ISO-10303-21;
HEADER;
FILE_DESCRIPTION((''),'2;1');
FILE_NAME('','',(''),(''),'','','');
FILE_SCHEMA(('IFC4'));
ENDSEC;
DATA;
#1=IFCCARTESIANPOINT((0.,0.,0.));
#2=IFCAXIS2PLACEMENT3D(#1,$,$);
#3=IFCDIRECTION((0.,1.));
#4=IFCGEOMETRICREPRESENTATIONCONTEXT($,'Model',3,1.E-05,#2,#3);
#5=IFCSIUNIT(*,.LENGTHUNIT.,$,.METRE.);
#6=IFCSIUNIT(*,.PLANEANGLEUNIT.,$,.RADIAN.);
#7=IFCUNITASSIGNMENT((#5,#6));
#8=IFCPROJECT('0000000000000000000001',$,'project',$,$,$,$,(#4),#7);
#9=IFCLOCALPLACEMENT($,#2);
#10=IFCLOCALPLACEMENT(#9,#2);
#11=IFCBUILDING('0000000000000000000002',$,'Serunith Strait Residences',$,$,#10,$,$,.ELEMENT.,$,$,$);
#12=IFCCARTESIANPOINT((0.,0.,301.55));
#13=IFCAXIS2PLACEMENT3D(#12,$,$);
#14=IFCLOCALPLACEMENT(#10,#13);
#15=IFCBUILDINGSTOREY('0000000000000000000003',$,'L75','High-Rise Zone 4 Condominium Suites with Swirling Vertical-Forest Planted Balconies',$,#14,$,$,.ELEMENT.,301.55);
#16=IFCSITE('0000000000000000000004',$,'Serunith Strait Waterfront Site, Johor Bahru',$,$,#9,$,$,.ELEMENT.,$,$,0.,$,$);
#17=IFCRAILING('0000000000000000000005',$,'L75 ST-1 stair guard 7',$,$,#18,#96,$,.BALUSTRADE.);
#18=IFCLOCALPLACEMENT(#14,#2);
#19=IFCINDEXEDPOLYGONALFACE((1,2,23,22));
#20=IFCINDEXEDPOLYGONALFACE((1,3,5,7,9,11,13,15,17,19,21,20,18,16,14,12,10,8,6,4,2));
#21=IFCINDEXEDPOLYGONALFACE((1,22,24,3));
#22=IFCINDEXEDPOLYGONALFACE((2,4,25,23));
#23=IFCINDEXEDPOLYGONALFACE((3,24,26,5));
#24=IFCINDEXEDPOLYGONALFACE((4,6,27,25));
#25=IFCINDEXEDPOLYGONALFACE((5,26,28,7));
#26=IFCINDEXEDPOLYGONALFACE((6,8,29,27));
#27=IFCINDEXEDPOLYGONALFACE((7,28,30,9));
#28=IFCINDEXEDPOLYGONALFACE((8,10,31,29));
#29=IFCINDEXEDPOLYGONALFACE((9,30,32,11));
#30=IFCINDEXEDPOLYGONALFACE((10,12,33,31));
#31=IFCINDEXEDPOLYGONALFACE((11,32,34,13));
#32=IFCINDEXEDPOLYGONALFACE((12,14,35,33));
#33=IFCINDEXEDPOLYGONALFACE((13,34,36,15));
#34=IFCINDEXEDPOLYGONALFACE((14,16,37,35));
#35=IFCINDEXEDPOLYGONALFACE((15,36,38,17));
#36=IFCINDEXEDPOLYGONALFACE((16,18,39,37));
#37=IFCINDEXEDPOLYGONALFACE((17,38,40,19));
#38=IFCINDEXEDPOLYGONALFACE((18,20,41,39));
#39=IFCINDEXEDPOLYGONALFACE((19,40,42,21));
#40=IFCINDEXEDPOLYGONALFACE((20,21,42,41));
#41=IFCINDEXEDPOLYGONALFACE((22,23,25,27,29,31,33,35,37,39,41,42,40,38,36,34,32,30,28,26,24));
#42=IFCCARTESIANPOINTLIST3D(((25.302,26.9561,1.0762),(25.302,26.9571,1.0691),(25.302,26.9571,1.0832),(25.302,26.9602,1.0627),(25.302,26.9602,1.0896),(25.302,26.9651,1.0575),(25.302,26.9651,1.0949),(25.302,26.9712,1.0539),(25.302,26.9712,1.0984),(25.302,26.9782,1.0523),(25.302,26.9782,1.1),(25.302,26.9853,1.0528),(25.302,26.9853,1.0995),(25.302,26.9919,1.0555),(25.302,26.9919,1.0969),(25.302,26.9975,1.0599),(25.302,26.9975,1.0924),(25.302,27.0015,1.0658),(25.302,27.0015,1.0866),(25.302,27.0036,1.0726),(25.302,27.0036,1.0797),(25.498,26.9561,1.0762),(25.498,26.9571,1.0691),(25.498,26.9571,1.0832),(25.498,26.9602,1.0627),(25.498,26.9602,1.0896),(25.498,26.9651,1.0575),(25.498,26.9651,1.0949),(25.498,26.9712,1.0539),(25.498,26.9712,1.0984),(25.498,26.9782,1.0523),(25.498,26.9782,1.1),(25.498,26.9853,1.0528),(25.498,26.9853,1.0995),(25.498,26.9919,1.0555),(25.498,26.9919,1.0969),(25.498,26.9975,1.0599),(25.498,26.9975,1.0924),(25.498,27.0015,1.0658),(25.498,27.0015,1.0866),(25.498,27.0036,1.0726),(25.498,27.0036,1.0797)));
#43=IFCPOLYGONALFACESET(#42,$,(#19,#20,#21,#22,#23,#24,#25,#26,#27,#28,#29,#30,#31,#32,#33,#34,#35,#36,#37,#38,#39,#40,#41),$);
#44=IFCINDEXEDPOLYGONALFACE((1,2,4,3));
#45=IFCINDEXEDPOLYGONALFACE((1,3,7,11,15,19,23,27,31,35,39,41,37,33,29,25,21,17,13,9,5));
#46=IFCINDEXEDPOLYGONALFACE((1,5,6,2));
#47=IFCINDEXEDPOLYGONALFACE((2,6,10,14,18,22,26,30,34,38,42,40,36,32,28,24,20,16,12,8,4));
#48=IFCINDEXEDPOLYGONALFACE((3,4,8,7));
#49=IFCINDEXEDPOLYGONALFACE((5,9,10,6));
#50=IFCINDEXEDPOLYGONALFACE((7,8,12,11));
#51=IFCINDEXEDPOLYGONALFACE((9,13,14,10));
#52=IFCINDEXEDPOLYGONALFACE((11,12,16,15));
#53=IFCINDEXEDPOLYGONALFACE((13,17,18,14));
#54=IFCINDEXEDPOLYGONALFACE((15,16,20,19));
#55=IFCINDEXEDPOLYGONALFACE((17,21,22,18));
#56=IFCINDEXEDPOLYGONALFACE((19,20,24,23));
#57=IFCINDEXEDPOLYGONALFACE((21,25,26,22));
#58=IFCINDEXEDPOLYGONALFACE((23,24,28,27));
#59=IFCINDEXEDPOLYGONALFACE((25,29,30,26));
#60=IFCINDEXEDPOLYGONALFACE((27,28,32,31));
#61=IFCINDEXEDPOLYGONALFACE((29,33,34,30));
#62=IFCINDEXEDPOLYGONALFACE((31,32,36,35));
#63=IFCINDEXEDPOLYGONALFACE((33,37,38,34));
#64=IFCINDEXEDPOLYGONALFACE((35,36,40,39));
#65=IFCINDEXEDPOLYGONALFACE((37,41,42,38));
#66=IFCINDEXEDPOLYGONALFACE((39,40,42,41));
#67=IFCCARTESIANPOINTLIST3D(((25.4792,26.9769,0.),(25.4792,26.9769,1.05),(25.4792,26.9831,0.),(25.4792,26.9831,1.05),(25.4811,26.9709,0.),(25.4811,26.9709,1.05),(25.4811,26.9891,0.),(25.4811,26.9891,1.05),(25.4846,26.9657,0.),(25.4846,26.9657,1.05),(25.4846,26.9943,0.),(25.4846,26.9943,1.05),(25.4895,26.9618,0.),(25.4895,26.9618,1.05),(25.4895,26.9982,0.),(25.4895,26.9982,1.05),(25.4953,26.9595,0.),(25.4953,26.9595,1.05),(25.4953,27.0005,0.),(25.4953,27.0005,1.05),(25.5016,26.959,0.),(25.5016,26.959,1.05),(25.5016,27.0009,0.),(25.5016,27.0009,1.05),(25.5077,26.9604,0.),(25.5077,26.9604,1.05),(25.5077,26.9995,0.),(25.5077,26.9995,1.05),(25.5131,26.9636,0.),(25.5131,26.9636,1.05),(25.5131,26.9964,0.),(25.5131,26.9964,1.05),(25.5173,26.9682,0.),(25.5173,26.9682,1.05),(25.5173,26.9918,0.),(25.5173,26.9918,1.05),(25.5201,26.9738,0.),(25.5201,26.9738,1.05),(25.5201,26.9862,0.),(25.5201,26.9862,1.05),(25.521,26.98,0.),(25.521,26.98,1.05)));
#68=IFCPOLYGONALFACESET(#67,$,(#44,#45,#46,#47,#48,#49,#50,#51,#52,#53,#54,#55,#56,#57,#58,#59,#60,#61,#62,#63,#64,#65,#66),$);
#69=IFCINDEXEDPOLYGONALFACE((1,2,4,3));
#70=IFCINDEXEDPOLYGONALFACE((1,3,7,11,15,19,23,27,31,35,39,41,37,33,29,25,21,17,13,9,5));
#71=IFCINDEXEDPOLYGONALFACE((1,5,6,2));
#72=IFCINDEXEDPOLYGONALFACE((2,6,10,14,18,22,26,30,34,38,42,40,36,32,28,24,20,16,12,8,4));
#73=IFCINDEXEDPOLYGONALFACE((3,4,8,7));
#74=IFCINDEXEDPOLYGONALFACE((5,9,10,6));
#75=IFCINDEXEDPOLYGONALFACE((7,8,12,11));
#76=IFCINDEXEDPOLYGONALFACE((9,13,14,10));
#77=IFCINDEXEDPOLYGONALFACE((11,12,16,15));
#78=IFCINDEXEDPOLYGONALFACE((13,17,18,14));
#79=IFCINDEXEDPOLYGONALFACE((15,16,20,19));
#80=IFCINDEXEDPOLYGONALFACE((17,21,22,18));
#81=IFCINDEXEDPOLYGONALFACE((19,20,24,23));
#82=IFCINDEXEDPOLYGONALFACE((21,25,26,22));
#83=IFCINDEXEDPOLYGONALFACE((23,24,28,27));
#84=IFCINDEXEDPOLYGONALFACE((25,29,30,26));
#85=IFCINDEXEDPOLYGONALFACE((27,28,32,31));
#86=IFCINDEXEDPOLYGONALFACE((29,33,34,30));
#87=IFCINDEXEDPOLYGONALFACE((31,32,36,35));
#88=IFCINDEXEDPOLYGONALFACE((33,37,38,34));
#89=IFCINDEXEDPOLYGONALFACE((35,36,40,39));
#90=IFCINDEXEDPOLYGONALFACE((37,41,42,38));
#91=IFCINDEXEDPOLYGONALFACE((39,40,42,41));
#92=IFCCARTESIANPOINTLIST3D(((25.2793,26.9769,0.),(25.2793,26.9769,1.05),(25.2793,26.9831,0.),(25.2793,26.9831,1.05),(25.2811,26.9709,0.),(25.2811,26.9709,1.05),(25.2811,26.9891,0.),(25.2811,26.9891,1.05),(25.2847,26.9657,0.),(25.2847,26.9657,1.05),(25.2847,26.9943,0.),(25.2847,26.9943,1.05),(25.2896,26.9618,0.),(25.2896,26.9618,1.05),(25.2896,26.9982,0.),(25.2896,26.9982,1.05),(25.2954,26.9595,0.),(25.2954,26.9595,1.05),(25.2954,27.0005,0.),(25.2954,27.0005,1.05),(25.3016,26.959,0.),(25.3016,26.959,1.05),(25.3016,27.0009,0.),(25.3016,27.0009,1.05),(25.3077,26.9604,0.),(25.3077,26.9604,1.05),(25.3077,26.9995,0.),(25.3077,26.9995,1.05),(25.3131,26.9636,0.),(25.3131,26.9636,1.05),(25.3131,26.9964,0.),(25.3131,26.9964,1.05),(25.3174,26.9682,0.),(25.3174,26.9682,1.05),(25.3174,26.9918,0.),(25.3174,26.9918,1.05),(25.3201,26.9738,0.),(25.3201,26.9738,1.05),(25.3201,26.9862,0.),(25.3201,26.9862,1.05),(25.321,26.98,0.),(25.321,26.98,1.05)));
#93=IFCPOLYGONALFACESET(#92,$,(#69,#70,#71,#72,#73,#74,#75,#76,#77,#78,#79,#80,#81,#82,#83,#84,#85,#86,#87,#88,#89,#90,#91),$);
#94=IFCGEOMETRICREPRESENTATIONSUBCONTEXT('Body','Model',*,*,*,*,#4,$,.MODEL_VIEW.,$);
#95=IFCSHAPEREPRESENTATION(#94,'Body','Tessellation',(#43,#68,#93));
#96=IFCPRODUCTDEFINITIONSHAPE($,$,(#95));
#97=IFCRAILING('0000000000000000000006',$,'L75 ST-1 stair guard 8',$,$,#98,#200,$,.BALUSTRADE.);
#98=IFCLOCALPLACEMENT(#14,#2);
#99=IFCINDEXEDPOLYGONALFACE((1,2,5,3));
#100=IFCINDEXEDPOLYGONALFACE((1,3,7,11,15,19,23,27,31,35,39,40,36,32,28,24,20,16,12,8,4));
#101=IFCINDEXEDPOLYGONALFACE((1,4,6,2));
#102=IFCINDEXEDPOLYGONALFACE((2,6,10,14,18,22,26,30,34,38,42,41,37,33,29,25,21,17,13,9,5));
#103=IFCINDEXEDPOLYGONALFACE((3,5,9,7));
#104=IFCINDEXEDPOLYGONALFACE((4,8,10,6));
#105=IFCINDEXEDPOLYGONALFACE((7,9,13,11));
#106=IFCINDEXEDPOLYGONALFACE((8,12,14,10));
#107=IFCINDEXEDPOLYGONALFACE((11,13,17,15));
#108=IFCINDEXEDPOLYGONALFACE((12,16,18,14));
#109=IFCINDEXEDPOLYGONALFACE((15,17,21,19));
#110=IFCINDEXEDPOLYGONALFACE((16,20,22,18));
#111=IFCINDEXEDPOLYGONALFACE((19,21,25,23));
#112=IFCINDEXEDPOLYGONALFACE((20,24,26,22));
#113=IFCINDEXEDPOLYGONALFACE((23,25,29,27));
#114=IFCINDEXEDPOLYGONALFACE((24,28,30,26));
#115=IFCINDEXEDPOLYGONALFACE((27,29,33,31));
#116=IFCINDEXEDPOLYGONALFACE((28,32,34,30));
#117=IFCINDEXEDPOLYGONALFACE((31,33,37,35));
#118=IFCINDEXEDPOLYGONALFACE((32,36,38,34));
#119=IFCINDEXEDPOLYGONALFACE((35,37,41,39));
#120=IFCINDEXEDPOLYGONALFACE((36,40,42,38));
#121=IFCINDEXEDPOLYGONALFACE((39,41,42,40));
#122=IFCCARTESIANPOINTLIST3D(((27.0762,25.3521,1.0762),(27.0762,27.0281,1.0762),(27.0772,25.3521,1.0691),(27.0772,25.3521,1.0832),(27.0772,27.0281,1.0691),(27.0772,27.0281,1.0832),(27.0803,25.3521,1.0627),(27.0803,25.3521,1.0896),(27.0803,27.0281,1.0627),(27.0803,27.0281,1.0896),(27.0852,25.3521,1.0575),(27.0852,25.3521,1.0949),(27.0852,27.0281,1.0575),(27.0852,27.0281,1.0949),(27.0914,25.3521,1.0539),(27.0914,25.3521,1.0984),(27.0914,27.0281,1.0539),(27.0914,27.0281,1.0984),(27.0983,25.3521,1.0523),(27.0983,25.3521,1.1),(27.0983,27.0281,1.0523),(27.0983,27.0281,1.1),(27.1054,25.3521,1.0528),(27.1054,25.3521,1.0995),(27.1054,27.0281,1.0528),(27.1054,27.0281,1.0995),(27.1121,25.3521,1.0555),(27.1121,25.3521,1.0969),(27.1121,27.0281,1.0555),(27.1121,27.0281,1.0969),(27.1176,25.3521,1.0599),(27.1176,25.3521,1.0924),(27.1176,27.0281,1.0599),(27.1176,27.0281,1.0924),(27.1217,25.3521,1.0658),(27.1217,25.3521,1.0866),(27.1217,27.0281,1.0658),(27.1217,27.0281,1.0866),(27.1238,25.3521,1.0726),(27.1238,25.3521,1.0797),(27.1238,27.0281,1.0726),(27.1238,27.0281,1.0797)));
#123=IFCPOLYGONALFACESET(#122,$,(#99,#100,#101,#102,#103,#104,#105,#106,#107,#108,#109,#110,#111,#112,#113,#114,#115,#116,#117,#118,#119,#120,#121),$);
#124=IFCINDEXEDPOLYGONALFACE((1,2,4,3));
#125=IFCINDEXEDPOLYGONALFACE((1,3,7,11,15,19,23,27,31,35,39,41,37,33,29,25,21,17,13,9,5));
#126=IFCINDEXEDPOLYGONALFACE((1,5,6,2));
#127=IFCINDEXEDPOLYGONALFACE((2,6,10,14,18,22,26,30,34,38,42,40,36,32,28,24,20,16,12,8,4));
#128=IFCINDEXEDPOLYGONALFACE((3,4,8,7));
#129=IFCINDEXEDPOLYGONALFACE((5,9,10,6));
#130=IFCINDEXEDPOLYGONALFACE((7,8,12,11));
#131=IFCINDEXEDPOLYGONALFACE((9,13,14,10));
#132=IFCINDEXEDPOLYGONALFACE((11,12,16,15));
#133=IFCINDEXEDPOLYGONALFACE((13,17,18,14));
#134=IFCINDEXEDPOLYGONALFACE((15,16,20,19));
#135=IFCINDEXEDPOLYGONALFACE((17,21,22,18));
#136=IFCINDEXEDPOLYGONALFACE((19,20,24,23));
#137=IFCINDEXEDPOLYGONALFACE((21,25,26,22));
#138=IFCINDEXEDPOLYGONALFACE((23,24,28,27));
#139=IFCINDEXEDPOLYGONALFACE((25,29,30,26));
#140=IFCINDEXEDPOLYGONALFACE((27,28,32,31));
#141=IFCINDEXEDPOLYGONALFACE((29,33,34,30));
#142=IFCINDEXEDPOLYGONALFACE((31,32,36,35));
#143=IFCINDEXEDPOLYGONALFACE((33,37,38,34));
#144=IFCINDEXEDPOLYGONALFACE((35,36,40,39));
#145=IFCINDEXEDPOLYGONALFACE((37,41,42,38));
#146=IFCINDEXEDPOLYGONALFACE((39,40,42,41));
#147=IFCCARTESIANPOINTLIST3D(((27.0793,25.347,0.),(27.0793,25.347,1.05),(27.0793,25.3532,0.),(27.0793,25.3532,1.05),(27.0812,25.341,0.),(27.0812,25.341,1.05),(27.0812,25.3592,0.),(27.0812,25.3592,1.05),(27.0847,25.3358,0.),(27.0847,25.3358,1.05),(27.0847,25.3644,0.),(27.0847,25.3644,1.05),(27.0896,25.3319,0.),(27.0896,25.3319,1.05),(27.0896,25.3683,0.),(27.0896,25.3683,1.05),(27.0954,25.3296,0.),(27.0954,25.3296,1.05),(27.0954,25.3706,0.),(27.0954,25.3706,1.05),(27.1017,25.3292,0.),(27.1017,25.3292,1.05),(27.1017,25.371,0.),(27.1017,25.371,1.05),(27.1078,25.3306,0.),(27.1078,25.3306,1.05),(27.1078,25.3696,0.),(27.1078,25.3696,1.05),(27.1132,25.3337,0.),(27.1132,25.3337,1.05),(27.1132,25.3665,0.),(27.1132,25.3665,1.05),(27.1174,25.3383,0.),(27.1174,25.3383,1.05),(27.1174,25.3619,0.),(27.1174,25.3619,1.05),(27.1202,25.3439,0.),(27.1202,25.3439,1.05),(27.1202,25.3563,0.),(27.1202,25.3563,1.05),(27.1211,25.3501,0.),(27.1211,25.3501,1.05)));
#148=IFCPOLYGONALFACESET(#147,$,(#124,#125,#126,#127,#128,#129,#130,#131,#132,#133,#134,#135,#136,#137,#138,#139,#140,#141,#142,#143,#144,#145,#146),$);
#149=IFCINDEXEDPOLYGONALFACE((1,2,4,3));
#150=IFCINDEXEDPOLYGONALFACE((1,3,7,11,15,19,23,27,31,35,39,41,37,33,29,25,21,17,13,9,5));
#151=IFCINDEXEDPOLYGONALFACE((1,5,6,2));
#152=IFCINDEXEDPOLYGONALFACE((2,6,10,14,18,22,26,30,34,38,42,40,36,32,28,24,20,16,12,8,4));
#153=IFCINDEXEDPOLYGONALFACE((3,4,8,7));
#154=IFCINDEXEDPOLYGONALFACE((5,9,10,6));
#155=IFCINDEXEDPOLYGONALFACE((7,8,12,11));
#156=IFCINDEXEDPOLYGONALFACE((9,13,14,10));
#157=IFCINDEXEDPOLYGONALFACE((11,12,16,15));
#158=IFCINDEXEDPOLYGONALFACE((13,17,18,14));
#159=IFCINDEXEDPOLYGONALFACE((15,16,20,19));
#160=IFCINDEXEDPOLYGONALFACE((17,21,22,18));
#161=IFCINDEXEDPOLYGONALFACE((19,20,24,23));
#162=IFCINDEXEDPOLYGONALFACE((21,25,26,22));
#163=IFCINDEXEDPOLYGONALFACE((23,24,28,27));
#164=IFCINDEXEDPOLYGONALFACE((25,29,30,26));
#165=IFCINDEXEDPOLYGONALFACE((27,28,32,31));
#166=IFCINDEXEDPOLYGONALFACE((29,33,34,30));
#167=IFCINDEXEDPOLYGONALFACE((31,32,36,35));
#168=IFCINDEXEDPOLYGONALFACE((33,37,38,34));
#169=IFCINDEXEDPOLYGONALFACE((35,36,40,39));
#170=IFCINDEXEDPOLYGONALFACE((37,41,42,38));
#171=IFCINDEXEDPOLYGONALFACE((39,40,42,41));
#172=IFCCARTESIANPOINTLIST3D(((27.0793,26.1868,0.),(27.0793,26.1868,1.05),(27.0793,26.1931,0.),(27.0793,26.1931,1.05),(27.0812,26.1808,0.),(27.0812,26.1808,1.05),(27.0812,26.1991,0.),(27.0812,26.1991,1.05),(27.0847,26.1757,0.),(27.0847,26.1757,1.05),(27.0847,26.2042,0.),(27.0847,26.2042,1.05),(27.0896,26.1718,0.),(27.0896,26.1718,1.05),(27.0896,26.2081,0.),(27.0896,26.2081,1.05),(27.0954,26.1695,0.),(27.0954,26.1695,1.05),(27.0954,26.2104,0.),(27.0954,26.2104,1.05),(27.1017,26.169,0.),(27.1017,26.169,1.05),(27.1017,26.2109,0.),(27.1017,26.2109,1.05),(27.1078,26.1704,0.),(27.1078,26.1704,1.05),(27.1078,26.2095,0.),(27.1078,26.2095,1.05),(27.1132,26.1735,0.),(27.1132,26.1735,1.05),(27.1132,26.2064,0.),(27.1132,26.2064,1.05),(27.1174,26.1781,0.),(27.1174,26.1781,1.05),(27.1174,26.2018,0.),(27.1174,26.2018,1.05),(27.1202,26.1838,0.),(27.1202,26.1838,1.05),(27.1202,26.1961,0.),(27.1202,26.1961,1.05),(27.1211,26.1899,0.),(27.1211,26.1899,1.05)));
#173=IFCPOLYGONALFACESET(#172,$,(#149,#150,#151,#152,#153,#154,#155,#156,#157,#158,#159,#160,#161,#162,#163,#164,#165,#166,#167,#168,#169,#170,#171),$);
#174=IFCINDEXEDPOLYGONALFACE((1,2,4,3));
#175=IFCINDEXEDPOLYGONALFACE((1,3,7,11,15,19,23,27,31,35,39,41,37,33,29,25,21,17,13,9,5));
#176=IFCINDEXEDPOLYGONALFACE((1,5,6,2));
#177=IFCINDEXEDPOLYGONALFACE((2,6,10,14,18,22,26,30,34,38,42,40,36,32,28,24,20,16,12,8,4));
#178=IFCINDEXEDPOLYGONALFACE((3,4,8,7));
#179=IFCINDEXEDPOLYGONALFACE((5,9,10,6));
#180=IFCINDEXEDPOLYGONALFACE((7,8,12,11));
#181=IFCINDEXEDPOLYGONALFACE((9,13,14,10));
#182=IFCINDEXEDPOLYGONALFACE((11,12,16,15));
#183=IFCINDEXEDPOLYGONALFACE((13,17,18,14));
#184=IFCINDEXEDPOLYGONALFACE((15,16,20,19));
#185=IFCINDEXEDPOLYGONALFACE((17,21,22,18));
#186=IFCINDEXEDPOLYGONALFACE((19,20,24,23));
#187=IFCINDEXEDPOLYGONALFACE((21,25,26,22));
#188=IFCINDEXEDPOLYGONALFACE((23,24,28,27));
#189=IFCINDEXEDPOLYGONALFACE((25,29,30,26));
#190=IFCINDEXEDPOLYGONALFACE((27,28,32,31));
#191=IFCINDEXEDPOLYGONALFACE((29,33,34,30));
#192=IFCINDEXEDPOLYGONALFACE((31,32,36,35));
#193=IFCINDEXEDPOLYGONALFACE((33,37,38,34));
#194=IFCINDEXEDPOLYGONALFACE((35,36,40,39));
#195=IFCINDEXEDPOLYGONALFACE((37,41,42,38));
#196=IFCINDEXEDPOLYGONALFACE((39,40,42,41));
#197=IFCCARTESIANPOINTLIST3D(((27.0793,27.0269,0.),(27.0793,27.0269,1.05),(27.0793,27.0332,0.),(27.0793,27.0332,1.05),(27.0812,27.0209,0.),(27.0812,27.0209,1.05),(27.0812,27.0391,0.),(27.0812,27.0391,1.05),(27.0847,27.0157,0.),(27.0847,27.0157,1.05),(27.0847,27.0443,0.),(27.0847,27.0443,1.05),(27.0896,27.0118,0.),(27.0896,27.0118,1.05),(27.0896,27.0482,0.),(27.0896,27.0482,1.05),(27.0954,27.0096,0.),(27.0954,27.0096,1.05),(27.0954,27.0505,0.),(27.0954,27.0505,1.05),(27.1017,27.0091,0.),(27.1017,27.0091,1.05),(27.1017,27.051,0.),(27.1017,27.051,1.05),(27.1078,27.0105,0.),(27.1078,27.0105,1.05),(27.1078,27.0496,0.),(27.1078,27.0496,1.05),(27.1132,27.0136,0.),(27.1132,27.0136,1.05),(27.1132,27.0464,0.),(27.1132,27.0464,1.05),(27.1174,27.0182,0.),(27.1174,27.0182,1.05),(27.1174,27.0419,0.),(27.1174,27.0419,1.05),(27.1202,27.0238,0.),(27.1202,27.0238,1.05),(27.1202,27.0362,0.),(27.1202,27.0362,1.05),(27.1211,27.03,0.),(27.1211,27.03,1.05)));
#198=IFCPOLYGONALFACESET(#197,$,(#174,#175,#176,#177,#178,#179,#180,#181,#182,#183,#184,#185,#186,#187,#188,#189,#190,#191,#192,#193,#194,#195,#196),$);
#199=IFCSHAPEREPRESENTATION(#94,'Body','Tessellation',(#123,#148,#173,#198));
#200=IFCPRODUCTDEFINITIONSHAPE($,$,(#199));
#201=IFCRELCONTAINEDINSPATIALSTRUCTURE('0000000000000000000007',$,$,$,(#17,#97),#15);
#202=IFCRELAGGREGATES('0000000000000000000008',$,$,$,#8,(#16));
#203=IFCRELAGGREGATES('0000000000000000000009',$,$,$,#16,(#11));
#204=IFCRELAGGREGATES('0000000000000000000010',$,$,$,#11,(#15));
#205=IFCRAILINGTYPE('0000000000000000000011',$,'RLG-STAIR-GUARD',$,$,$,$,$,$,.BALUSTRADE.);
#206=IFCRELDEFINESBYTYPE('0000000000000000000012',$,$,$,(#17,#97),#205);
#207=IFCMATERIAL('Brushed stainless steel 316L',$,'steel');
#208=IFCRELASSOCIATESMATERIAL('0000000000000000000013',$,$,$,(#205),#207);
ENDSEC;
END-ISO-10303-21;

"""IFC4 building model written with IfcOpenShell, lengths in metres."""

from ifc_helpers import new_model, si_unit, direction, frame, origin, origin_2d, place, context, subcontext, project, spatial, circle, extrude, material, type_object, element, save


model = new_model("IFC4")

# Units and contexts
model_context = context("Model", 3, precision=1e-05, world=origin(), true_north=direction((0.0, 1.0)))
body_context = subcontext(model_context, "Body", "Model", "MODEL_VIEW")
ifc_project = project(units=[si_unit("LENGTHUNIT", "METRE"), si_unit("PLANEANGLEUNIT", "RADIAN")], contexts=[model_context])

# Site, building, storey
site_placement = place(None, origin())
site = spatial("IfcSite", under=ifc_project, at=site_placement, Name="Serunith Strait Waterfront Site, Johor Bahru", CompositionType="ELEMENT", RefElevation=0.0)
building_placement = place(site_placement, origin())
building = spatial("IfcBuilding", under=site, at=building_placement, Name="Serunith Strait Residences", CompositionType="ELEMENT")
storey_placement = place(building_placement, frame((0.0, 0.0, 301.55)))
storey = spatial("IfcBuildingStorey", under=building, at=storey_placement, Name="L75", Description="High-Rise Zone 4 Condominium Suites with Swirling Vertical-Forest Planted Balconies", CompositionType="ELEMENT", Elevation=301.55)

# Railings
ifc_material_1 = material(Name="Brushed stainless steel 316L", Category="steel")
railing_type_1 = type_object("IfcRailingType", Name="RLG-STAIR-GUARD", PredefinedType="BALUSTRADE", material=ifc_material_1)
railing_1_placement = place(storey_placement, frame((25.5, 26.98, 0.0)))
element("IfcRailing", 1, at=railing_1_placement, inside=storey, type_object=railing_type_1, Name="L75 ST-1 stair guard 7", PredefinedType="BALUSTRADE", context=body_context, shape_type="SweptSolid", body=[
    extrude(circle(Radius=0.0239, at=origin_2d()), frame((-0.002, 0.0, 1.0762), z_axis=(-1.0, 0.0, 0.0), x_axis=(0.0, -1.0, 0.0)), (0.0, 0.0, 1.0), 0.196),
    extrude(circle(Radius=0.021, at=origin_2d()), origin(), (0.0, 0.0, 1.0), 1.05),
    extrude(circle(Radius=0.021, at=origin_2d()), frame((-0.2, 0.0, 0.0)), (0.0, 0.0, 1.0), 1.05),
])
for number, where, name in (
    (2, (27.1001, 25.3501, 0.0), "L75 ST-1 stair guard 8"),
):
    element("IfcRailing", number, at=place(storey_placement, frame(where)), inside=storey, type_object=railing_type_1, Name=name, PredefinedType="BALUSTRADE", context=body_context, shape_type="SweptSolid", body=[
        extrude(circle(Radius=0.0239, at=origin_2d()), frame((0.0, 0.002, 1.0762), z_axis=(0.0, 1.0, 0.0), x_axis=(-1.0, 0.0, 0.0)), (0.0, 0.0, 1.0), 1.676),
        extrude(circle(Radius=0.021, at=origin_2d()), origin(), (0.0, 0.0, 1.0), 1.05),
        extrude(circle(Radius=0.021, at=origin_2d()), frame((0.0, 0.8398, 0.0)), (0.0, 0.0, 1.0), 1.05),
        extrude(circle(Radius=0.021, at=origin_2d()), frame((0.0, 1.6799, 0.0)), (0.0, 0.0, 1.0), 1.05),
    ])

save(model, "model.ifc")
